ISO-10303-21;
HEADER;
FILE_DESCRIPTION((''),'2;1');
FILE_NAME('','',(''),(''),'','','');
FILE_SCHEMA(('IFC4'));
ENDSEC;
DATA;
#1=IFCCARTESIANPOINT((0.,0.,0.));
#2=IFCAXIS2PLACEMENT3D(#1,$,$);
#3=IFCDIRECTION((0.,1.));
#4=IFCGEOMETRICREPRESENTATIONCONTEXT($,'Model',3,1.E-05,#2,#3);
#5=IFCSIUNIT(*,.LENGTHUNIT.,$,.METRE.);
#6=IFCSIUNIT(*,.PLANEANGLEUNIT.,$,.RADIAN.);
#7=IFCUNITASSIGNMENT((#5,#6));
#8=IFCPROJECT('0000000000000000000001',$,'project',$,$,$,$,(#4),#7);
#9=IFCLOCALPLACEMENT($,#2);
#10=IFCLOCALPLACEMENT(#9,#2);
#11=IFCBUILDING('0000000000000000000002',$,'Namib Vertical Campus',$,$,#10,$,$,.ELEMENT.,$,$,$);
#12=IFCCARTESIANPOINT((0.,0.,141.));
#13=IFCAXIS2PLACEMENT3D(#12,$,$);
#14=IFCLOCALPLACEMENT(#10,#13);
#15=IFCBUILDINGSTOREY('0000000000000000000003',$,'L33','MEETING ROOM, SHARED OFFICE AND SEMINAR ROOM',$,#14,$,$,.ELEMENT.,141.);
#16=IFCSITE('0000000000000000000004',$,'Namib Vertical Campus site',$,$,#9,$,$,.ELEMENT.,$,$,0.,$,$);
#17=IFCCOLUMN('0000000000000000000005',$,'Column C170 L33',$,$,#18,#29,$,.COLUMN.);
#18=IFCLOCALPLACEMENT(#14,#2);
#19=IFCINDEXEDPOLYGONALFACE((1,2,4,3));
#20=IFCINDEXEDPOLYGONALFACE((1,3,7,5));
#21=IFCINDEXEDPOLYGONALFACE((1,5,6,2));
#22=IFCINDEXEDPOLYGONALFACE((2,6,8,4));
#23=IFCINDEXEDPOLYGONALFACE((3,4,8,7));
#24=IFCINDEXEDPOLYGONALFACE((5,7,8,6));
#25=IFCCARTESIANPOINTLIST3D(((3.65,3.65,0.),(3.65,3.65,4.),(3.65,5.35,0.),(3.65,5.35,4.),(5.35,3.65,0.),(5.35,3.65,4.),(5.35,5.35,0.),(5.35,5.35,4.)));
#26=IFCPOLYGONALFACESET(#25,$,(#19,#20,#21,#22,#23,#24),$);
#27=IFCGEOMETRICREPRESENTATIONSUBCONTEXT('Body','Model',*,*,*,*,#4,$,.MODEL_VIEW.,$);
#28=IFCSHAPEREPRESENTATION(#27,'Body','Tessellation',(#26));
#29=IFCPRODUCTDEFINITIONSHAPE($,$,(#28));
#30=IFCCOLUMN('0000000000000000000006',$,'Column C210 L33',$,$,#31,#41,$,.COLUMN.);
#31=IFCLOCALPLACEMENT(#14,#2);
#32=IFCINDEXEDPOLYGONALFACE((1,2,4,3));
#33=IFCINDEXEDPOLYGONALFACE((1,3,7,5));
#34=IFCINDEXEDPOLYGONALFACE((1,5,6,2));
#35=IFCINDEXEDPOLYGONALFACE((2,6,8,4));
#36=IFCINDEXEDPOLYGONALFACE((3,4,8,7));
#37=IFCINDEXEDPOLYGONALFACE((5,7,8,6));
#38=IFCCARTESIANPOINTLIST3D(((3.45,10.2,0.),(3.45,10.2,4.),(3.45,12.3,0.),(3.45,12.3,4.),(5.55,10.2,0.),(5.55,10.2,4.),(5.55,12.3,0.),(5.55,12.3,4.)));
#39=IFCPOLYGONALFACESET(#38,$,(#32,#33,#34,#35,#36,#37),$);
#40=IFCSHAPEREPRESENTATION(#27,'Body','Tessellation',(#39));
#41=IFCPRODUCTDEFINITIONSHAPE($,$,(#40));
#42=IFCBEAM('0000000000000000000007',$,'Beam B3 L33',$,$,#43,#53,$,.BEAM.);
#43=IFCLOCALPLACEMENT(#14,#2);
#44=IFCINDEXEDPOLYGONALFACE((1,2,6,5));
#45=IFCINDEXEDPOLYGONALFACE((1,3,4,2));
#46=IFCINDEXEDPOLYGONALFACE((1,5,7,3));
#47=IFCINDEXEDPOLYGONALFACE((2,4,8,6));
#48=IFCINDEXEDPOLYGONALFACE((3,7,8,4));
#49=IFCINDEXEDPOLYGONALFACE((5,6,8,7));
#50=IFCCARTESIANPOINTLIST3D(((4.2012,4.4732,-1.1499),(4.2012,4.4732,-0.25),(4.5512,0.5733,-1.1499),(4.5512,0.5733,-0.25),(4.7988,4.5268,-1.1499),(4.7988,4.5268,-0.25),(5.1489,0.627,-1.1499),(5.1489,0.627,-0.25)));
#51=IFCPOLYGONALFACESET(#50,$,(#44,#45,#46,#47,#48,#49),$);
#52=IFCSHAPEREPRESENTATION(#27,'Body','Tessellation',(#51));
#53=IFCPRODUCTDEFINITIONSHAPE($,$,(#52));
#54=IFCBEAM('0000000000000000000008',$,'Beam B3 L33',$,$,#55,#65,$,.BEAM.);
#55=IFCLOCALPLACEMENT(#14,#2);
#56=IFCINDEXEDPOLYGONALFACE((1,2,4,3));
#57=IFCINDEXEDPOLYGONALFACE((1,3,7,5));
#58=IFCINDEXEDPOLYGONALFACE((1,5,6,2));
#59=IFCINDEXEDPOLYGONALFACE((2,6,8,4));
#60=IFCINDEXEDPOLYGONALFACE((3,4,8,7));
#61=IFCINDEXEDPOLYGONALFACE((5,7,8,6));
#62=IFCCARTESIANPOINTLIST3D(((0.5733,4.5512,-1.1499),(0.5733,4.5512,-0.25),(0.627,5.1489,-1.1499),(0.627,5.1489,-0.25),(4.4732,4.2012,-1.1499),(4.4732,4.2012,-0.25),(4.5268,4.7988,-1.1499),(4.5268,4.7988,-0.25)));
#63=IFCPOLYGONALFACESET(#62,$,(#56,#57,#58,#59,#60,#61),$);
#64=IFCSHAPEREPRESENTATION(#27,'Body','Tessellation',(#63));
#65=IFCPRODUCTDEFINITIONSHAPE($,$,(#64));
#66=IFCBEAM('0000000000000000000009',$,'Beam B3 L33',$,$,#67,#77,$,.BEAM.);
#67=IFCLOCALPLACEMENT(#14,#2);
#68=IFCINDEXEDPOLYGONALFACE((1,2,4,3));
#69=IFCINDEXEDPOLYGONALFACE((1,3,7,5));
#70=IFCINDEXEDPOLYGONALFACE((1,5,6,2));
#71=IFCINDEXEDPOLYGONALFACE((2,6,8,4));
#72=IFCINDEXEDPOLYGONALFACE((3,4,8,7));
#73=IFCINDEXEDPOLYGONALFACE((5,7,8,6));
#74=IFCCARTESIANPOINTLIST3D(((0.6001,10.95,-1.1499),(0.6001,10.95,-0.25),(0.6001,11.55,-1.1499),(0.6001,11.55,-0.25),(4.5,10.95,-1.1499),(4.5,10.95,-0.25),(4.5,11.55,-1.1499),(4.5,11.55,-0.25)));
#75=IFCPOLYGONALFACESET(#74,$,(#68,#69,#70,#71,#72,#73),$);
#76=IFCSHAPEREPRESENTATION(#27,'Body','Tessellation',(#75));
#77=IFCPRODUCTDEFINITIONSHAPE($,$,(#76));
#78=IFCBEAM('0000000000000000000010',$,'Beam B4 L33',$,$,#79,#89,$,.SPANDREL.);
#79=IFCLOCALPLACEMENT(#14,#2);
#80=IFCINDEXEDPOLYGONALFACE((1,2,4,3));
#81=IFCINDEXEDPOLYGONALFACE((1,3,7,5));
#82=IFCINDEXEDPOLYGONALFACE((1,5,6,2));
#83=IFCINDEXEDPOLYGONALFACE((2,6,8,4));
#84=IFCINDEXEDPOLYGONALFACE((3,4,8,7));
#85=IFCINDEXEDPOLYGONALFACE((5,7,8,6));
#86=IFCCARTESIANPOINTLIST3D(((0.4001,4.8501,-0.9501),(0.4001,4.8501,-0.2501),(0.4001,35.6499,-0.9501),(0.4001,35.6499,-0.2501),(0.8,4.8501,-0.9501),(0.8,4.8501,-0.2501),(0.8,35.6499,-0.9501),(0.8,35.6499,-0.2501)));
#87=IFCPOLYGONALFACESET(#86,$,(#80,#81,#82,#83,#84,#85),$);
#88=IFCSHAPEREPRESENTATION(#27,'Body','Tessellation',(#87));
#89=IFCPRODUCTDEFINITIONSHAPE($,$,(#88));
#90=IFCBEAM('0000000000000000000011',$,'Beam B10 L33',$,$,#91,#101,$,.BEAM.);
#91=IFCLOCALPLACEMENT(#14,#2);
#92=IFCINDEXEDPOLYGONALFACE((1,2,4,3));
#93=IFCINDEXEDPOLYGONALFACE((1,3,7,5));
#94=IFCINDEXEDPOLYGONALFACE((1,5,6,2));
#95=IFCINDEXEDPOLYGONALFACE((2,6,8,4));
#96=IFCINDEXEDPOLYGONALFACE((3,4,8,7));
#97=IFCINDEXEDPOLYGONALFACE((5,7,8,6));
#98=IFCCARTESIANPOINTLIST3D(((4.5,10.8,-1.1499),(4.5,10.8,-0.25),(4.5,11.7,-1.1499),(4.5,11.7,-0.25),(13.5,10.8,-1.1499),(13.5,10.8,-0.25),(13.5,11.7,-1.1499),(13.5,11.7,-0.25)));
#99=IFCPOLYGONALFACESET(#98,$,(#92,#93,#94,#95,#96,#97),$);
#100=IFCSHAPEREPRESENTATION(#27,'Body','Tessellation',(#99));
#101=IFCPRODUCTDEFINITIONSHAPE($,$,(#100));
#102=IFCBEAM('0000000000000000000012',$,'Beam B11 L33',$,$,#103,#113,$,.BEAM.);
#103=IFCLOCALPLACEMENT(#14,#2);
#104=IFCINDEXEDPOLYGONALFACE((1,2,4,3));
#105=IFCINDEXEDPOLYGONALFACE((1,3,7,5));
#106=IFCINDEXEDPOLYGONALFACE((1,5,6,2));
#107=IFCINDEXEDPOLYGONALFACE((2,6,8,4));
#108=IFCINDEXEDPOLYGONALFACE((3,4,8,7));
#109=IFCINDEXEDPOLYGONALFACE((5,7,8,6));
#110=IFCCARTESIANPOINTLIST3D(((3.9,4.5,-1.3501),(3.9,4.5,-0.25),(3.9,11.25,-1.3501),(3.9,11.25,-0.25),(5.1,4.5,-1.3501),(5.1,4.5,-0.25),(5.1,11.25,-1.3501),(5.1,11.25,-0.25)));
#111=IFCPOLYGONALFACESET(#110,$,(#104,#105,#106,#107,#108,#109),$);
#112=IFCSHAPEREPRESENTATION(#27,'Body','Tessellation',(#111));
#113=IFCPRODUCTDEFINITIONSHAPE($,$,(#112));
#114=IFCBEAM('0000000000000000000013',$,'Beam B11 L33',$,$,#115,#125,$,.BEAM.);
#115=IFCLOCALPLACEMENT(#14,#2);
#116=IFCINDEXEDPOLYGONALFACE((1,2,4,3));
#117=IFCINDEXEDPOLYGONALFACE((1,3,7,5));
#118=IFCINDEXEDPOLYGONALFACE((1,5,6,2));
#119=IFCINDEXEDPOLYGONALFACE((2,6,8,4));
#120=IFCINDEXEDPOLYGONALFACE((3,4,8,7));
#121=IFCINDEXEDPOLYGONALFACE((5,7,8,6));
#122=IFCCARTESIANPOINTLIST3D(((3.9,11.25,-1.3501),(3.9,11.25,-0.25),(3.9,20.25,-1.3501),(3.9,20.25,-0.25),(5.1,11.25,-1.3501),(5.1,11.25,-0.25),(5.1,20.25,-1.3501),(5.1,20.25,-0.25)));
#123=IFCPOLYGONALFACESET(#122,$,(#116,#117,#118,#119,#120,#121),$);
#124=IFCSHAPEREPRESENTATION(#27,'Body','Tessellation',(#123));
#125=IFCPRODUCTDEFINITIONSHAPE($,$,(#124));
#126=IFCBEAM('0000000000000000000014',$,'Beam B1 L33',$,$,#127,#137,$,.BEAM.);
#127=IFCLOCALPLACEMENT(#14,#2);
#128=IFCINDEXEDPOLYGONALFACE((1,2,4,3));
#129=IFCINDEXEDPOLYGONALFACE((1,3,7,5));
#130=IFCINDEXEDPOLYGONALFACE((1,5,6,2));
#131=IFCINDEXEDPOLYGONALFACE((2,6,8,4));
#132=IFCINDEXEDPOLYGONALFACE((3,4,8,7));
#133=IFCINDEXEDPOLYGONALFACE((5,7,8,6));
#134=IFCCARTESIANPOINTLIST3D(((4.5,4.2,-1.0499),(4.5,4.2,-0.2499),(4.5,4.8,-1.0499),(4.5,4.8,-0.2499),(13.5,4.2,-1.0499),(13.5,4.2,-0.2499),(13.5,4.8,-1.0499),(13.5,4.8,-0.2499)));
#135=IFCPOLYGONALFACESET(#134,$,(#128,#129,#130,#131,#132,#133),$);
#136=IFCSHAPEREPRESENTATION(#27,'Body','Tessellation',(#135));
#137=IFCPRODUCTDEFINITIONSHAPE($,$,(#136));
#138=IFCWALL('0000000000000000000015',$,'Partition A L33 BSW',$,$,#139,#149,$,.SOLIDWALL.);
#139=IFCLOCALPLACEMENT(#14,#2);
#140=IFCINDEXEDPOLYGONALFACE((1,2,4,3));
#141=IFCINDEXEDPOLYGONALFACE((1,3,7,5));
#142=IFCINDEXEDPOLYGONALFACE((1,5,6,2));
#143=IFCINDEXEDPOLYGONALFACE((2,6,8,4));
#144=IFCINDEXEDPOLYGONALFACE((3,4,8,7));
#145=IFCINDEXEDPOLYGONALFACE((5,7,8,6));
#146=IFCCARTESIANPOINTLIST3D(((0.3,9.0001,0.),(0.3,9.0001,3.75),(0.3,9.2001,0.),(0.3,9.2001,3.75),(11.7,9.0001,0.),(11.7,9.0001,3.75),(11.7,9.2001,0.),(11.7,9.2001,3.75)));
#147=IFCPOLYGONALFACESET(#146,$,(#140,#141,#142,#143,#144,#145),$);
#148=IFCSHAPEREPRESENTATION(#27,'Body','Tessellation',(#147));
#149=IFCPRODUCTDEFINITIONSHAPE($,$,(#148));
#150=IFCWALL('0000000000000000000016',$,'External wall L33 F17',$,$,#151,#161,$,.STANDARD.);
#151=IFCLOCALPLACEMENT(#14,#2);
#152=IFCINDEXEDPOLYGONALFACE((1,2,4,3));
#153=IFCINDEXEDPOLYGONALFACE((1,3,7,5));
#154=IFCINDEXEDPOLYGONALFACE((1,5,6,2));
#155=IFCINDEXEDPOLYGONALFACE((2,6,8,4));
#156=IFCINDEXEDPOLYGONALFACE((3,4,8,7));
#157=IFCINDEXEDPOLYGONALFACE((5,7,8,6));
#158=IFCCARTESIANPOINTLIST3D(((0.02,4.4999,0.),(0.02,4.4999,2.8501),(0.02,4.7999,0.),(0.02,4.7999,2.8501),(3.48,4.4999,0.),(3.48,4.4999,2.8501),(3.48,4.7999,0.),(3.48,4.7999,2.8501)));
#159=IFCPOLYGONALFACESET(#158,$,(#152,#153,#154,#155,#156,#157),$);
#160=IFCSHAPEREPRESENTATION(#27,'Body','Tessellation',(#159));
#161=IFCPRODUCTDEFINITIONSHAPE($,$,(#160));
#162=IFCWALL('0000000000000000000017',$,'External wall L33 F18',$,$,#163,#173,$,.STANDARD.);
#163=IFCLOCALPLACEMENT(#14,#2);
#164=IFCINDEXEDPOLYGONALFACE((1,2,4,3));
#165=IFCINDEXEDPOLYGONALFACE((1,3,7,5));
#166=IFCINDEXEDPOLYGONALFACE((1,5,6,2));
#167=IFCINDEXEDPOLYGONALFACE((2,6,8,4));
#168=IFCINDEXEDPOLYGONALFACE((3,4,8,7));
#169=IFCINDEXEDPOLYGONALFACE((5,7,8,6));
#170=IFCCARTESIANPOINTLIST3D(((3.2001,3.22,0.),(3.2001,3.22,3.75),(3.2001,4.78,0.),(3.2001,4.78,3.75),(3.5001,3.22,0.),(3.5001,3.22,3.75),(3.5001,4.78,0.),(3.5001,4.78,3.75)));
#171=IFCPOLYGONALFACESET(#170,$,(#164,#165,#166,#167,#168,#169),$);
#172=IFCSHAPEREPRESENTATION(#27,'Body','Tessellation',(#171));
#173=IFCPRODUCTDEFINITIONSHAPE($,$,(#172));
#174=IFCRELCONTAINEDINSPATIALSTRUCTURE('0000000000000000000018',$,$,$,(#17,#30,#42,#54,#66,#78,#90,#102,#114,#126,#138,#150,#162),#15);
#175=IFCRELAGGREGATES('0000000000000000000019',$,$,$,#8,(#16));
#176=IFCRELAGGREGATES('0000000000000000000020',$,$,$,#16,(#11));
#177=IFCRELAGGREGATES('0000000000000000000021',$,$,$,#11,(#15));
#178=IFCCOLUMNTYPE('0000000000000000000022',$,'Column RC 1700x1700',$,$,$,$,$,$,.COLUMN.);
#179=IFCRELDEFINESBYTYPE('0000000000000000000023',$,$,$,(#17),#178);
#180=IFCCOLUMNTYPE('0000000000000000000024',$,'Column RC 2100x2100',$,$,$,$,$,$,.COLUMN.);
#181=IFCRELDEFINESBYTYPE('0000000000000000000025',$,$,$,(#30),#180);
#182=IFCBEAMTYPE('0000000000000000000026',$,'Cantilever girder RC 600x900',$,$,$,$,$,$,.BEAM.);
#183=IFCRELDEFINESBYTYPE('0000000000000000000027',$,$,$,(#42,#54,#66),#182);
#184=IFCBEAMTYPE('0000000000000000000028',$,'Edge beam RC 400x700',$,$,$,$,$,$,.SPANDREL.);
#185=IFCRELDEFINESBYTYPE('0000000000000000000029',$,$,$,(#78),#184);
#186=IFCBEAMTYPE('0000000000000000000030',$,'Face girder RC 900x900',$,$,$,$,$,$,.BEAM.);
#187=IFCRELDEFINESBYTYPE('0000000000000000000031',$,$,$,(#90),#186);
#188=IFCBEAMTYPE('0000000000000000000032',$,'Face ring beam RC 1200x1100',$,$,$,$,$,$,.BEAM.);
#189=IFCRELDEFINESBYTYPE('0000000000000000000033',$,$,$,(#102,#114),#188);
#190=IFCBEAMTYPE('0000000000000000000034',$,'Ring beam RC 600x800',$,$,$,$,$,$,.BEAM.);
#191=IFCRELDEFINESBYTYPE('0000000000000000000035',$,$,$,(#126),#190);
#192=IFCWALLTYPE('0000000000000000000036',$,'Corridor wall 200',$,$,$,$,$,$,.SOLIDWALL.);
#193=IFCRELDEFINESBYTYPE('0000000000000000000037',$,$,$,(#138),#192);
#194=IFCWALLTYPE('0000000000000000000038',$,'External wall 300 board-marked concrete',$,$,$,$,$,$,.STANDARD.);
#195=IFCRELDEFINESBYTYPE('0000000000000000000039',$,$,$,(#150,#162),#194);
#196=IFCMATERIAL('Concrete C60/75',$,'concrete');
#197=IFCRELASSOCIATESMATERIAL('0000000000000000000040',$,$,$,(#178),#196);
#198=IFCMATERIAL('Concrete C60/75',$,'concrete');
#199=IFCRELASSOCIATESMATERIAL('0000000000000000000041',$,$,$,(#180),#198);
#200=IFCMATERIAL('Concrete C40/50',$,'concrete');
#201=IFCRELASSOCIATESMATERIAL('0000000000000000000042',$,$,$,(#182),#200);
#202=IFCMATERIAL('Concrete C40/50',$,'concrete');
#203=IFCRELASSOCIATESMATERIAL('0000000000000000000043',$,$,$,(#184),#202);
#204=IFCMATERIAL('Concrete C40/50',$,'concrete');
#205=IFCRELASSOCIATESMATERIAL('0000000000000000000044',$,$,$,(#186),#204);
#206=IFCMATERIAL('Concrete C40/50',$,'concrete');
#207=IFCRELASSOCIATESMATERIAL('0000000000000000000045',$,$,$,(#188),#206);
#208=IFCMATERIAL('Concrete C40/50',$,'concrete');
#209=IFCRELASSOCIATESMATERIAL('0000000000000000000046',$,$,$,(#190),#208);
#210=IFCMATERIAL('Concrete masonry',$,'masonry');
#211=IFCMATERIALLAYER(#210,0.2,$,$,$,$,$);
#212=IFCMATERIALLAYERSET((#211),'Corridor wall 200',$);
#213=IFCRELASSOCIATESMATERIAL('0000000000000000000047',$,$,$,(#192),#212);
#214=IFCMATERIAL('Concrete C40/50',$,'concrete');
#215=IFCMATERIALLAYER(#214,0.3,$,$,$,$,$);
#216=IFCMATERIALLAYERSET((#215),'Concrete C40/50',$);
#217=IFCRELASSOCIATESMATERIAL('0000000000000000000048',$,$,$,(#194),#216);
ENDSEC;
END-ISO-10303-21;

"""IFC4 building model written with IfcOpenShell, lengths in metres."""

from ifc_helpers import new_model, si_unit, direction, frame, frame_2d, origin, origin_2d, place, context, subcontext, project, spatial, rectangle, extrude, material, layer, layer_set, material_profile, profile_set, type_object, element, save


model = new_model("IFC4")

# Units and contexts
model_context = context("Model", 3, precision=1e-05, world=origin(), true_north=direction((0.0, 1.0)))
body_context = subcontext(model_context, "Body", "Model", "MODEL_VIEW")
ifc_project = project(units=[si_unit("LENGTHUNIT", "METRE"), si_unit("PLANEANGLEUNIT", "RADIAN")], contexts=[model_context])

# Site, building, storey
site_placement = place(None, origin())
site = spatial("IfcSite", under=ifc_project, at=site_placement, Name="Namib Vertical Campus site", CompositionType="ELEMENT", RefElevation=0.0)
building_placement = place(site_placement, origin())
building = spatial("IfcBuilding", under=site, at=building_placement, Name="Namib Vertical Campus", CompositionType="ELEMENT")
storey_placement = place(building_placement, frame((0.0, 0.0, 141.0)))
storey = spatial("IfcBuildingStorey", under=building, at=storey_placement, Name="L33", Description="MEETING ROOM, SHARED OFFICE AND SEMINAR ROOM", CompositionType="ELEMENT", Elevation=141.0)

# Columns
ifc_material_1 = material(Name="Concrete C60/75", Category="concrete")
ifc_material_profile_1 = material_profile(ifc_material_1, rectangle(XDim=1.7, YDim=1.7, at=origin_2d()))
ifc_profile_set_1 = profile_set([ifc_material_profile_1], Name="Concrete C60/75")
column_type_1 = type_object("IfcColumnType", Name="Column RC 1700x1700", PredefinedType="COLUMN", material=ifc_profile_set_1)
column_1_placement = place(storey_placement, frame((4.5, 4.5, 0.0), z_axis=(0.0, 0.0, 1.0), x_axis=(1.0, 0.0, 0.0)))
element("IfcColumn", 1, at=column_1_placement, inside=storey, type_object=column_type_1, Name="Column C170 L33", PredefinedType="COLUMN", context=body_context, shape_type="SweptSolid", body=[
    extrude(rectangle(XDim=1.7, YDim=1.7, at=origin_2d()), origin(), (0.0, 0.0, 1.0), 4.0),
])
ifc_material_2 = material(Name="Concrete C60/75", Category="concrete")
ifc_material_profile_2 = material_profile(ifc_material_2, rectangle(XDim=2.1001, YDim=2.1001, at=origin_2d()))
ifc_profile_set_2 = profile_set([ifc_material_profile_2], Name="Concrete C60/75")
column_type_2 = type_object("IfcColumnType", Name="Column RC 2100x2100", PredefinedType="COLUMN", material=ifc_profile_set_2)
column_2_placement = place(storey_placement, frame((4.5, 11.25, 0.0), z_axis=(0.0, 0.0, 1.0), x_axis=(1.0, 0.0, 0.0)))
element("IfcColumn", 2, at=column_2_placement, inside=storey, type_object=column_type_2, Name="Column C210 L33", PredefinedType="COLUMN", context=body_context, shape_type="SweptSolid", body=[
    extrude(rectangle(XDim=2.1001, YDim=2.1001, at=origin_2d()), origin(), (0.0, 0.0, 1.0), 4.0),
])

# Beams
ifc_material_3 = material(Name="Concrete C40/50", Category="concrete")
ifc_material_profile_3 = material_profile(ifc_material_3, rectangle(XDim=0.6001, YDim=0.8999, at=origin_2d()))
ifc_profile_set_3 = profile_set([ifc_material_profile_3], Name="Concrete C40/50")
beam_type_1 = type_object("IfcBeamType", Name="Cantilever girder RC 600x900", PredefinedType="BEAM", material=ifc_profile_set_3)
for number, where, z_axis, x_axis, name in (
    (3, (4.5, 4.5, -0.7), (0.089411, -0.995995, 0.0), (0.995995, 0.089411, 0.0), "Beam B3 L33"),
    (4, (4.5, 4.5, -0.7), (-0.995995, 0.089411, 0.0), (-0.089411, -0.995995, 0.0), "Beam B3 L33"),
):
    element("IfcBeam", number, at=place(storey_placement, frame(where, z_axis=z_axis, x_axis=x_axis)), inside=storey, type_object=beam_type_1, Name=name, PredefinedType="BEAM", context=body_context, shape_type="SweptSolid", body=[
        extrude(rectangle(XDim=0.6001, YDim=0.8999, at=origin_2d()), origin(), (0.0, 0.0, 1.0), 3.9155),
    ])
beam_1_placement = place(storey_placement, frame((4.5, 11.25, -0.7), z_axis=(-1.0, 0.0, 0.0), x_axis=(0.0, -1.0, 0.0)))
element("IfcBeam", 5, at=beam_1_placement, inside=storey, type_object=beam_type_1, Name="Beam B3 L33", PredefinedType="BEAM", context=body_context, shape_type="SweptSolid", body=[
    extrude(rectangle(XDim=0.6001, YDim=0.8999, at=origin_2d()), origin(), (0.0, 0.0, 1.0), 3.8999),
])
ifc_material_4 = material(Name="Concrete C40/50", Category="concrete")
ifc_material_profile_4 = material_profile(ifc_material_4, rectangle(XDim=0.3999, YDim=0.7, at=origin_2d()))
ifc_profile_set_4 = profile_set([ifc_material_profile_4], Name="Concrete C40/50")
beam_type_2 = type_object("IfcBeamType", Name="Edge beam RC 400x700", PredefinedType="SPANDREL", material=ifc_profile_set_4)
beam_2_placement = place(storey_placement, frame((0.6001, 4.8501, -0.6001), z_axis=(0.0, 1.0, 0.0), x_axis=(-1.0, 0.0, 0.0)))
element("IfcBeam", 6, at=beam_2_placement, inside=storey, type_object=beam_type_2, Name="Beam B4 L33", PredefinedType="SPANDREL", context=body_context, shape_type="SweptSolid", body=[
    extrude(rectangle(XDim=0.3999, YDim=0.7, at=origin_2d()), origin(), (0.0, 0.0, 1.0), 30.7998),
])
ifc_material_5 = material(Name="Concrete C40/50", Category="concrete")
ifc_material_profile_5 = material_profile(ifc_material_5, rectangle(XDim=0.8999, YDim=0.8999, at=origin_2d()))
ifc_profile_set_5 = profile_set([ifc_material_profile_5], Name="Concrete C40/50")
beam_type_3 = type_object("IfcBeamType", Name="Face girder RC 900x900", PredefinedType="BEAM", material=ifc_profile_set_5)
beam_3_placement = place(storey_placement, frame((4.5, 11.25, -0.7), z_axis=(1.0, 0.0, 0.0), x_axis=(0.0, 1.0, 0.0)))
element("IfcBeam", 7, at=beam_3_placement, inside=storey, type_object=beam_type_3, Name="Beam B10 L33", PredefinedType="BEAM", context=body_context, shape_type="SweptSolid", body=[
    extrude(rectangle(XDim=0.8999, YDim=0.8999, at=origin_2d()), origin(), (0.0, 0.0, 1.0), 9.0),
])
ifc_material_6 = material(Name="Concrete C40/50", Category="concrete")
ifc_material_profile_6 = material_profile(ifc_material_6, rectangle(XDim=1.2, YDim=1.1001, at=origin_2d()))
ifc_profile_set_6 = profile_set([ifc_material_profile_6], Name="Concrete C40/50")
beam_type_4 = type_object("IfcBeamType", Name="Face ring beam RC 1200x1100", PredefinedType="BEAM", material=ifc_profile_set_6)
beam_4_placement = place(storey_placement, frame((4.5, 4.5, -0.8), z_axis=(0.0, 1.0, 0.0), x_axis=(-1.0, 0.0, 0.0)))
element("IfcBeam", 8, at=beam_4_placement, inside=storey, type_object=beam_type_4, Name="Beam B11 L33", PredefinedType="BEAM", context=body_context, shape_type="SweptSolid", body=[
    extrude(rectangle(XDim=1.2, YDim=1.1001, at=origin_2d()), origin(), (0.0, 0.0, 1.0), 6.75),
])
beam_5_placement = place(storey_placement, frame((4.5, 11.25, -0.8), z_axis=(0.0, 1.0, 0.0), x_axis=(-1.0, 0.0, 0.0)))
element("IfcBeam", 9, at=beam_5_placement, inside=storey, type_object=beam_type_4, Name="Beam B11 L33", PredefinedType="BEAM", context=body_context, shape_type="SweptSolid", body=[
    extrude(rectangle(XDim=1.2, YDim=1.1001, at=origin_2d()), origin(), (0.0, 0.0, 1.0), 9.0),
])
ifc_material_7 = material(Name="Concrete C40/50", Category="concrete")
ifc_material_profile_7 = material_profile(ifc_material_7, rectangle(XDim=0.6001, YDim=0.8, at=origin_2d()))
ifc_profile_set_7 = profile_set([ifc_material_profile_7], Name="Concrete C40/50")
beam_type_5 = type_object("IfcBeamType", Name="Ring beam RC 600x800", PredefinedType="BEAM", material=ifc_profile_set_7)
beam_6_placement = place(storey_placement, frame((4.5, 4.5, -0.6499), z_axis=(1.0, 0.0, 0.0), x_axis=(0.0, 1.0, 0.0)))
element("IfcBeam", 10, at=beam_6_placement, inside=storey, type_object=beam_type_5, Name="Beam B1 L33", PredefinedType="BEAM", context=body_context, shape_type="SweptSolid", body=[
    extrude(rectangle(XDim=0.6001, YDim=0.8, at=origin_2d()), origin(), (0.0, 0.0, 1.0), 9.0),
])

# Walls
ifc_material_8 = material(Name="Concrete masonry", Category="masonry")
ifc_layer_1 = layer(ifc_material_8, 0.2)
ifc_layer_set_1 = layer_set([ifc_layer_1], Name="Corridor wall 200")
wall_type_1 = type_object("IfcWallType", Name="Corridor wall 200", PredefinedType="SOLIDWALL", material=ifc_layer_set_1)
wall_1_placement = place(storey_placement, frame((0.3, 9.1001, 0.0), z_axis=(0.0, 0.0, 1.0), x_axis=(1.0, 0.0, 0.0)))
element("IfcWall", 11, at=wall_1_placement, inside=storey, type_object=wall_type_1, Name="Partition A L33 BSW", PredefinedType="SOLIDWALL", context=body_context, shape_type="SweptSolid", body=[
    extrude(rectangle(XDim=11.3999, YDim=0.2, at=frame_2d((5.7, 0.0))), origin(), (0.0, 0.0, 1.0), 3.75),
])
ifc_material_9 = material(Name="Concrete C40/50", Category="concrete")
ifc_layer_2 = layer(ifc_material_9, 0.3)
ifc_layer_set_2 = layer_set([ifc_layer_2], Name="Concrete C40/50")
wall_type_2 = type_object("IfcWallType", Name="External wall 300 board-marked concrete", PredefinedType="STANDARD", material=ifc_layer_set_2)
wall_2_placement = place(storey_placement, frame((0.02, 4.6499, 0.0), z_axis=(0.0, 0.0, 1.0), x_axis=(1.0, 0.0, 0.0)))
element("IfcWall", 12, at=wall_2_placement, inside=storey, type_object=wall_type_2, Name="External wall L33 F17", PredefinedType="STANDARD", context=body_context, shape_type="SweptSolid", body=[
    extrude(rectangle(XDim=3.46, YDim=0.3, at=frame_2d((1.73, 0.0))), origin(), (0.0, 0.0, 1.0), 2.8501),
])
for number, where, z_axis, x_axis, name in (
    (13, (3.3501, 4.78, 0.0), (0.0, 0.0, 1.0), (0.0, -1.0, 0.0), "External wall L33 F18"),
):
    element("IfcWall", number, at=place(storey_placement, frame(where, z_axis=z_axis, x_axis=x_axis)), inside=storey, type_object=wall_type_2, Name=name, PredefinedType="STANDARD", context=body_context, shape_type="SweptSolid", body=[
        extrude(rectangle(XDim=1.5601, YDim=0.3, at=frame_2d((0.78, 0.0))), origin(), (0.0, 0.0, 1.0), 3.75),
    ])

save(model, "model.ifc")
